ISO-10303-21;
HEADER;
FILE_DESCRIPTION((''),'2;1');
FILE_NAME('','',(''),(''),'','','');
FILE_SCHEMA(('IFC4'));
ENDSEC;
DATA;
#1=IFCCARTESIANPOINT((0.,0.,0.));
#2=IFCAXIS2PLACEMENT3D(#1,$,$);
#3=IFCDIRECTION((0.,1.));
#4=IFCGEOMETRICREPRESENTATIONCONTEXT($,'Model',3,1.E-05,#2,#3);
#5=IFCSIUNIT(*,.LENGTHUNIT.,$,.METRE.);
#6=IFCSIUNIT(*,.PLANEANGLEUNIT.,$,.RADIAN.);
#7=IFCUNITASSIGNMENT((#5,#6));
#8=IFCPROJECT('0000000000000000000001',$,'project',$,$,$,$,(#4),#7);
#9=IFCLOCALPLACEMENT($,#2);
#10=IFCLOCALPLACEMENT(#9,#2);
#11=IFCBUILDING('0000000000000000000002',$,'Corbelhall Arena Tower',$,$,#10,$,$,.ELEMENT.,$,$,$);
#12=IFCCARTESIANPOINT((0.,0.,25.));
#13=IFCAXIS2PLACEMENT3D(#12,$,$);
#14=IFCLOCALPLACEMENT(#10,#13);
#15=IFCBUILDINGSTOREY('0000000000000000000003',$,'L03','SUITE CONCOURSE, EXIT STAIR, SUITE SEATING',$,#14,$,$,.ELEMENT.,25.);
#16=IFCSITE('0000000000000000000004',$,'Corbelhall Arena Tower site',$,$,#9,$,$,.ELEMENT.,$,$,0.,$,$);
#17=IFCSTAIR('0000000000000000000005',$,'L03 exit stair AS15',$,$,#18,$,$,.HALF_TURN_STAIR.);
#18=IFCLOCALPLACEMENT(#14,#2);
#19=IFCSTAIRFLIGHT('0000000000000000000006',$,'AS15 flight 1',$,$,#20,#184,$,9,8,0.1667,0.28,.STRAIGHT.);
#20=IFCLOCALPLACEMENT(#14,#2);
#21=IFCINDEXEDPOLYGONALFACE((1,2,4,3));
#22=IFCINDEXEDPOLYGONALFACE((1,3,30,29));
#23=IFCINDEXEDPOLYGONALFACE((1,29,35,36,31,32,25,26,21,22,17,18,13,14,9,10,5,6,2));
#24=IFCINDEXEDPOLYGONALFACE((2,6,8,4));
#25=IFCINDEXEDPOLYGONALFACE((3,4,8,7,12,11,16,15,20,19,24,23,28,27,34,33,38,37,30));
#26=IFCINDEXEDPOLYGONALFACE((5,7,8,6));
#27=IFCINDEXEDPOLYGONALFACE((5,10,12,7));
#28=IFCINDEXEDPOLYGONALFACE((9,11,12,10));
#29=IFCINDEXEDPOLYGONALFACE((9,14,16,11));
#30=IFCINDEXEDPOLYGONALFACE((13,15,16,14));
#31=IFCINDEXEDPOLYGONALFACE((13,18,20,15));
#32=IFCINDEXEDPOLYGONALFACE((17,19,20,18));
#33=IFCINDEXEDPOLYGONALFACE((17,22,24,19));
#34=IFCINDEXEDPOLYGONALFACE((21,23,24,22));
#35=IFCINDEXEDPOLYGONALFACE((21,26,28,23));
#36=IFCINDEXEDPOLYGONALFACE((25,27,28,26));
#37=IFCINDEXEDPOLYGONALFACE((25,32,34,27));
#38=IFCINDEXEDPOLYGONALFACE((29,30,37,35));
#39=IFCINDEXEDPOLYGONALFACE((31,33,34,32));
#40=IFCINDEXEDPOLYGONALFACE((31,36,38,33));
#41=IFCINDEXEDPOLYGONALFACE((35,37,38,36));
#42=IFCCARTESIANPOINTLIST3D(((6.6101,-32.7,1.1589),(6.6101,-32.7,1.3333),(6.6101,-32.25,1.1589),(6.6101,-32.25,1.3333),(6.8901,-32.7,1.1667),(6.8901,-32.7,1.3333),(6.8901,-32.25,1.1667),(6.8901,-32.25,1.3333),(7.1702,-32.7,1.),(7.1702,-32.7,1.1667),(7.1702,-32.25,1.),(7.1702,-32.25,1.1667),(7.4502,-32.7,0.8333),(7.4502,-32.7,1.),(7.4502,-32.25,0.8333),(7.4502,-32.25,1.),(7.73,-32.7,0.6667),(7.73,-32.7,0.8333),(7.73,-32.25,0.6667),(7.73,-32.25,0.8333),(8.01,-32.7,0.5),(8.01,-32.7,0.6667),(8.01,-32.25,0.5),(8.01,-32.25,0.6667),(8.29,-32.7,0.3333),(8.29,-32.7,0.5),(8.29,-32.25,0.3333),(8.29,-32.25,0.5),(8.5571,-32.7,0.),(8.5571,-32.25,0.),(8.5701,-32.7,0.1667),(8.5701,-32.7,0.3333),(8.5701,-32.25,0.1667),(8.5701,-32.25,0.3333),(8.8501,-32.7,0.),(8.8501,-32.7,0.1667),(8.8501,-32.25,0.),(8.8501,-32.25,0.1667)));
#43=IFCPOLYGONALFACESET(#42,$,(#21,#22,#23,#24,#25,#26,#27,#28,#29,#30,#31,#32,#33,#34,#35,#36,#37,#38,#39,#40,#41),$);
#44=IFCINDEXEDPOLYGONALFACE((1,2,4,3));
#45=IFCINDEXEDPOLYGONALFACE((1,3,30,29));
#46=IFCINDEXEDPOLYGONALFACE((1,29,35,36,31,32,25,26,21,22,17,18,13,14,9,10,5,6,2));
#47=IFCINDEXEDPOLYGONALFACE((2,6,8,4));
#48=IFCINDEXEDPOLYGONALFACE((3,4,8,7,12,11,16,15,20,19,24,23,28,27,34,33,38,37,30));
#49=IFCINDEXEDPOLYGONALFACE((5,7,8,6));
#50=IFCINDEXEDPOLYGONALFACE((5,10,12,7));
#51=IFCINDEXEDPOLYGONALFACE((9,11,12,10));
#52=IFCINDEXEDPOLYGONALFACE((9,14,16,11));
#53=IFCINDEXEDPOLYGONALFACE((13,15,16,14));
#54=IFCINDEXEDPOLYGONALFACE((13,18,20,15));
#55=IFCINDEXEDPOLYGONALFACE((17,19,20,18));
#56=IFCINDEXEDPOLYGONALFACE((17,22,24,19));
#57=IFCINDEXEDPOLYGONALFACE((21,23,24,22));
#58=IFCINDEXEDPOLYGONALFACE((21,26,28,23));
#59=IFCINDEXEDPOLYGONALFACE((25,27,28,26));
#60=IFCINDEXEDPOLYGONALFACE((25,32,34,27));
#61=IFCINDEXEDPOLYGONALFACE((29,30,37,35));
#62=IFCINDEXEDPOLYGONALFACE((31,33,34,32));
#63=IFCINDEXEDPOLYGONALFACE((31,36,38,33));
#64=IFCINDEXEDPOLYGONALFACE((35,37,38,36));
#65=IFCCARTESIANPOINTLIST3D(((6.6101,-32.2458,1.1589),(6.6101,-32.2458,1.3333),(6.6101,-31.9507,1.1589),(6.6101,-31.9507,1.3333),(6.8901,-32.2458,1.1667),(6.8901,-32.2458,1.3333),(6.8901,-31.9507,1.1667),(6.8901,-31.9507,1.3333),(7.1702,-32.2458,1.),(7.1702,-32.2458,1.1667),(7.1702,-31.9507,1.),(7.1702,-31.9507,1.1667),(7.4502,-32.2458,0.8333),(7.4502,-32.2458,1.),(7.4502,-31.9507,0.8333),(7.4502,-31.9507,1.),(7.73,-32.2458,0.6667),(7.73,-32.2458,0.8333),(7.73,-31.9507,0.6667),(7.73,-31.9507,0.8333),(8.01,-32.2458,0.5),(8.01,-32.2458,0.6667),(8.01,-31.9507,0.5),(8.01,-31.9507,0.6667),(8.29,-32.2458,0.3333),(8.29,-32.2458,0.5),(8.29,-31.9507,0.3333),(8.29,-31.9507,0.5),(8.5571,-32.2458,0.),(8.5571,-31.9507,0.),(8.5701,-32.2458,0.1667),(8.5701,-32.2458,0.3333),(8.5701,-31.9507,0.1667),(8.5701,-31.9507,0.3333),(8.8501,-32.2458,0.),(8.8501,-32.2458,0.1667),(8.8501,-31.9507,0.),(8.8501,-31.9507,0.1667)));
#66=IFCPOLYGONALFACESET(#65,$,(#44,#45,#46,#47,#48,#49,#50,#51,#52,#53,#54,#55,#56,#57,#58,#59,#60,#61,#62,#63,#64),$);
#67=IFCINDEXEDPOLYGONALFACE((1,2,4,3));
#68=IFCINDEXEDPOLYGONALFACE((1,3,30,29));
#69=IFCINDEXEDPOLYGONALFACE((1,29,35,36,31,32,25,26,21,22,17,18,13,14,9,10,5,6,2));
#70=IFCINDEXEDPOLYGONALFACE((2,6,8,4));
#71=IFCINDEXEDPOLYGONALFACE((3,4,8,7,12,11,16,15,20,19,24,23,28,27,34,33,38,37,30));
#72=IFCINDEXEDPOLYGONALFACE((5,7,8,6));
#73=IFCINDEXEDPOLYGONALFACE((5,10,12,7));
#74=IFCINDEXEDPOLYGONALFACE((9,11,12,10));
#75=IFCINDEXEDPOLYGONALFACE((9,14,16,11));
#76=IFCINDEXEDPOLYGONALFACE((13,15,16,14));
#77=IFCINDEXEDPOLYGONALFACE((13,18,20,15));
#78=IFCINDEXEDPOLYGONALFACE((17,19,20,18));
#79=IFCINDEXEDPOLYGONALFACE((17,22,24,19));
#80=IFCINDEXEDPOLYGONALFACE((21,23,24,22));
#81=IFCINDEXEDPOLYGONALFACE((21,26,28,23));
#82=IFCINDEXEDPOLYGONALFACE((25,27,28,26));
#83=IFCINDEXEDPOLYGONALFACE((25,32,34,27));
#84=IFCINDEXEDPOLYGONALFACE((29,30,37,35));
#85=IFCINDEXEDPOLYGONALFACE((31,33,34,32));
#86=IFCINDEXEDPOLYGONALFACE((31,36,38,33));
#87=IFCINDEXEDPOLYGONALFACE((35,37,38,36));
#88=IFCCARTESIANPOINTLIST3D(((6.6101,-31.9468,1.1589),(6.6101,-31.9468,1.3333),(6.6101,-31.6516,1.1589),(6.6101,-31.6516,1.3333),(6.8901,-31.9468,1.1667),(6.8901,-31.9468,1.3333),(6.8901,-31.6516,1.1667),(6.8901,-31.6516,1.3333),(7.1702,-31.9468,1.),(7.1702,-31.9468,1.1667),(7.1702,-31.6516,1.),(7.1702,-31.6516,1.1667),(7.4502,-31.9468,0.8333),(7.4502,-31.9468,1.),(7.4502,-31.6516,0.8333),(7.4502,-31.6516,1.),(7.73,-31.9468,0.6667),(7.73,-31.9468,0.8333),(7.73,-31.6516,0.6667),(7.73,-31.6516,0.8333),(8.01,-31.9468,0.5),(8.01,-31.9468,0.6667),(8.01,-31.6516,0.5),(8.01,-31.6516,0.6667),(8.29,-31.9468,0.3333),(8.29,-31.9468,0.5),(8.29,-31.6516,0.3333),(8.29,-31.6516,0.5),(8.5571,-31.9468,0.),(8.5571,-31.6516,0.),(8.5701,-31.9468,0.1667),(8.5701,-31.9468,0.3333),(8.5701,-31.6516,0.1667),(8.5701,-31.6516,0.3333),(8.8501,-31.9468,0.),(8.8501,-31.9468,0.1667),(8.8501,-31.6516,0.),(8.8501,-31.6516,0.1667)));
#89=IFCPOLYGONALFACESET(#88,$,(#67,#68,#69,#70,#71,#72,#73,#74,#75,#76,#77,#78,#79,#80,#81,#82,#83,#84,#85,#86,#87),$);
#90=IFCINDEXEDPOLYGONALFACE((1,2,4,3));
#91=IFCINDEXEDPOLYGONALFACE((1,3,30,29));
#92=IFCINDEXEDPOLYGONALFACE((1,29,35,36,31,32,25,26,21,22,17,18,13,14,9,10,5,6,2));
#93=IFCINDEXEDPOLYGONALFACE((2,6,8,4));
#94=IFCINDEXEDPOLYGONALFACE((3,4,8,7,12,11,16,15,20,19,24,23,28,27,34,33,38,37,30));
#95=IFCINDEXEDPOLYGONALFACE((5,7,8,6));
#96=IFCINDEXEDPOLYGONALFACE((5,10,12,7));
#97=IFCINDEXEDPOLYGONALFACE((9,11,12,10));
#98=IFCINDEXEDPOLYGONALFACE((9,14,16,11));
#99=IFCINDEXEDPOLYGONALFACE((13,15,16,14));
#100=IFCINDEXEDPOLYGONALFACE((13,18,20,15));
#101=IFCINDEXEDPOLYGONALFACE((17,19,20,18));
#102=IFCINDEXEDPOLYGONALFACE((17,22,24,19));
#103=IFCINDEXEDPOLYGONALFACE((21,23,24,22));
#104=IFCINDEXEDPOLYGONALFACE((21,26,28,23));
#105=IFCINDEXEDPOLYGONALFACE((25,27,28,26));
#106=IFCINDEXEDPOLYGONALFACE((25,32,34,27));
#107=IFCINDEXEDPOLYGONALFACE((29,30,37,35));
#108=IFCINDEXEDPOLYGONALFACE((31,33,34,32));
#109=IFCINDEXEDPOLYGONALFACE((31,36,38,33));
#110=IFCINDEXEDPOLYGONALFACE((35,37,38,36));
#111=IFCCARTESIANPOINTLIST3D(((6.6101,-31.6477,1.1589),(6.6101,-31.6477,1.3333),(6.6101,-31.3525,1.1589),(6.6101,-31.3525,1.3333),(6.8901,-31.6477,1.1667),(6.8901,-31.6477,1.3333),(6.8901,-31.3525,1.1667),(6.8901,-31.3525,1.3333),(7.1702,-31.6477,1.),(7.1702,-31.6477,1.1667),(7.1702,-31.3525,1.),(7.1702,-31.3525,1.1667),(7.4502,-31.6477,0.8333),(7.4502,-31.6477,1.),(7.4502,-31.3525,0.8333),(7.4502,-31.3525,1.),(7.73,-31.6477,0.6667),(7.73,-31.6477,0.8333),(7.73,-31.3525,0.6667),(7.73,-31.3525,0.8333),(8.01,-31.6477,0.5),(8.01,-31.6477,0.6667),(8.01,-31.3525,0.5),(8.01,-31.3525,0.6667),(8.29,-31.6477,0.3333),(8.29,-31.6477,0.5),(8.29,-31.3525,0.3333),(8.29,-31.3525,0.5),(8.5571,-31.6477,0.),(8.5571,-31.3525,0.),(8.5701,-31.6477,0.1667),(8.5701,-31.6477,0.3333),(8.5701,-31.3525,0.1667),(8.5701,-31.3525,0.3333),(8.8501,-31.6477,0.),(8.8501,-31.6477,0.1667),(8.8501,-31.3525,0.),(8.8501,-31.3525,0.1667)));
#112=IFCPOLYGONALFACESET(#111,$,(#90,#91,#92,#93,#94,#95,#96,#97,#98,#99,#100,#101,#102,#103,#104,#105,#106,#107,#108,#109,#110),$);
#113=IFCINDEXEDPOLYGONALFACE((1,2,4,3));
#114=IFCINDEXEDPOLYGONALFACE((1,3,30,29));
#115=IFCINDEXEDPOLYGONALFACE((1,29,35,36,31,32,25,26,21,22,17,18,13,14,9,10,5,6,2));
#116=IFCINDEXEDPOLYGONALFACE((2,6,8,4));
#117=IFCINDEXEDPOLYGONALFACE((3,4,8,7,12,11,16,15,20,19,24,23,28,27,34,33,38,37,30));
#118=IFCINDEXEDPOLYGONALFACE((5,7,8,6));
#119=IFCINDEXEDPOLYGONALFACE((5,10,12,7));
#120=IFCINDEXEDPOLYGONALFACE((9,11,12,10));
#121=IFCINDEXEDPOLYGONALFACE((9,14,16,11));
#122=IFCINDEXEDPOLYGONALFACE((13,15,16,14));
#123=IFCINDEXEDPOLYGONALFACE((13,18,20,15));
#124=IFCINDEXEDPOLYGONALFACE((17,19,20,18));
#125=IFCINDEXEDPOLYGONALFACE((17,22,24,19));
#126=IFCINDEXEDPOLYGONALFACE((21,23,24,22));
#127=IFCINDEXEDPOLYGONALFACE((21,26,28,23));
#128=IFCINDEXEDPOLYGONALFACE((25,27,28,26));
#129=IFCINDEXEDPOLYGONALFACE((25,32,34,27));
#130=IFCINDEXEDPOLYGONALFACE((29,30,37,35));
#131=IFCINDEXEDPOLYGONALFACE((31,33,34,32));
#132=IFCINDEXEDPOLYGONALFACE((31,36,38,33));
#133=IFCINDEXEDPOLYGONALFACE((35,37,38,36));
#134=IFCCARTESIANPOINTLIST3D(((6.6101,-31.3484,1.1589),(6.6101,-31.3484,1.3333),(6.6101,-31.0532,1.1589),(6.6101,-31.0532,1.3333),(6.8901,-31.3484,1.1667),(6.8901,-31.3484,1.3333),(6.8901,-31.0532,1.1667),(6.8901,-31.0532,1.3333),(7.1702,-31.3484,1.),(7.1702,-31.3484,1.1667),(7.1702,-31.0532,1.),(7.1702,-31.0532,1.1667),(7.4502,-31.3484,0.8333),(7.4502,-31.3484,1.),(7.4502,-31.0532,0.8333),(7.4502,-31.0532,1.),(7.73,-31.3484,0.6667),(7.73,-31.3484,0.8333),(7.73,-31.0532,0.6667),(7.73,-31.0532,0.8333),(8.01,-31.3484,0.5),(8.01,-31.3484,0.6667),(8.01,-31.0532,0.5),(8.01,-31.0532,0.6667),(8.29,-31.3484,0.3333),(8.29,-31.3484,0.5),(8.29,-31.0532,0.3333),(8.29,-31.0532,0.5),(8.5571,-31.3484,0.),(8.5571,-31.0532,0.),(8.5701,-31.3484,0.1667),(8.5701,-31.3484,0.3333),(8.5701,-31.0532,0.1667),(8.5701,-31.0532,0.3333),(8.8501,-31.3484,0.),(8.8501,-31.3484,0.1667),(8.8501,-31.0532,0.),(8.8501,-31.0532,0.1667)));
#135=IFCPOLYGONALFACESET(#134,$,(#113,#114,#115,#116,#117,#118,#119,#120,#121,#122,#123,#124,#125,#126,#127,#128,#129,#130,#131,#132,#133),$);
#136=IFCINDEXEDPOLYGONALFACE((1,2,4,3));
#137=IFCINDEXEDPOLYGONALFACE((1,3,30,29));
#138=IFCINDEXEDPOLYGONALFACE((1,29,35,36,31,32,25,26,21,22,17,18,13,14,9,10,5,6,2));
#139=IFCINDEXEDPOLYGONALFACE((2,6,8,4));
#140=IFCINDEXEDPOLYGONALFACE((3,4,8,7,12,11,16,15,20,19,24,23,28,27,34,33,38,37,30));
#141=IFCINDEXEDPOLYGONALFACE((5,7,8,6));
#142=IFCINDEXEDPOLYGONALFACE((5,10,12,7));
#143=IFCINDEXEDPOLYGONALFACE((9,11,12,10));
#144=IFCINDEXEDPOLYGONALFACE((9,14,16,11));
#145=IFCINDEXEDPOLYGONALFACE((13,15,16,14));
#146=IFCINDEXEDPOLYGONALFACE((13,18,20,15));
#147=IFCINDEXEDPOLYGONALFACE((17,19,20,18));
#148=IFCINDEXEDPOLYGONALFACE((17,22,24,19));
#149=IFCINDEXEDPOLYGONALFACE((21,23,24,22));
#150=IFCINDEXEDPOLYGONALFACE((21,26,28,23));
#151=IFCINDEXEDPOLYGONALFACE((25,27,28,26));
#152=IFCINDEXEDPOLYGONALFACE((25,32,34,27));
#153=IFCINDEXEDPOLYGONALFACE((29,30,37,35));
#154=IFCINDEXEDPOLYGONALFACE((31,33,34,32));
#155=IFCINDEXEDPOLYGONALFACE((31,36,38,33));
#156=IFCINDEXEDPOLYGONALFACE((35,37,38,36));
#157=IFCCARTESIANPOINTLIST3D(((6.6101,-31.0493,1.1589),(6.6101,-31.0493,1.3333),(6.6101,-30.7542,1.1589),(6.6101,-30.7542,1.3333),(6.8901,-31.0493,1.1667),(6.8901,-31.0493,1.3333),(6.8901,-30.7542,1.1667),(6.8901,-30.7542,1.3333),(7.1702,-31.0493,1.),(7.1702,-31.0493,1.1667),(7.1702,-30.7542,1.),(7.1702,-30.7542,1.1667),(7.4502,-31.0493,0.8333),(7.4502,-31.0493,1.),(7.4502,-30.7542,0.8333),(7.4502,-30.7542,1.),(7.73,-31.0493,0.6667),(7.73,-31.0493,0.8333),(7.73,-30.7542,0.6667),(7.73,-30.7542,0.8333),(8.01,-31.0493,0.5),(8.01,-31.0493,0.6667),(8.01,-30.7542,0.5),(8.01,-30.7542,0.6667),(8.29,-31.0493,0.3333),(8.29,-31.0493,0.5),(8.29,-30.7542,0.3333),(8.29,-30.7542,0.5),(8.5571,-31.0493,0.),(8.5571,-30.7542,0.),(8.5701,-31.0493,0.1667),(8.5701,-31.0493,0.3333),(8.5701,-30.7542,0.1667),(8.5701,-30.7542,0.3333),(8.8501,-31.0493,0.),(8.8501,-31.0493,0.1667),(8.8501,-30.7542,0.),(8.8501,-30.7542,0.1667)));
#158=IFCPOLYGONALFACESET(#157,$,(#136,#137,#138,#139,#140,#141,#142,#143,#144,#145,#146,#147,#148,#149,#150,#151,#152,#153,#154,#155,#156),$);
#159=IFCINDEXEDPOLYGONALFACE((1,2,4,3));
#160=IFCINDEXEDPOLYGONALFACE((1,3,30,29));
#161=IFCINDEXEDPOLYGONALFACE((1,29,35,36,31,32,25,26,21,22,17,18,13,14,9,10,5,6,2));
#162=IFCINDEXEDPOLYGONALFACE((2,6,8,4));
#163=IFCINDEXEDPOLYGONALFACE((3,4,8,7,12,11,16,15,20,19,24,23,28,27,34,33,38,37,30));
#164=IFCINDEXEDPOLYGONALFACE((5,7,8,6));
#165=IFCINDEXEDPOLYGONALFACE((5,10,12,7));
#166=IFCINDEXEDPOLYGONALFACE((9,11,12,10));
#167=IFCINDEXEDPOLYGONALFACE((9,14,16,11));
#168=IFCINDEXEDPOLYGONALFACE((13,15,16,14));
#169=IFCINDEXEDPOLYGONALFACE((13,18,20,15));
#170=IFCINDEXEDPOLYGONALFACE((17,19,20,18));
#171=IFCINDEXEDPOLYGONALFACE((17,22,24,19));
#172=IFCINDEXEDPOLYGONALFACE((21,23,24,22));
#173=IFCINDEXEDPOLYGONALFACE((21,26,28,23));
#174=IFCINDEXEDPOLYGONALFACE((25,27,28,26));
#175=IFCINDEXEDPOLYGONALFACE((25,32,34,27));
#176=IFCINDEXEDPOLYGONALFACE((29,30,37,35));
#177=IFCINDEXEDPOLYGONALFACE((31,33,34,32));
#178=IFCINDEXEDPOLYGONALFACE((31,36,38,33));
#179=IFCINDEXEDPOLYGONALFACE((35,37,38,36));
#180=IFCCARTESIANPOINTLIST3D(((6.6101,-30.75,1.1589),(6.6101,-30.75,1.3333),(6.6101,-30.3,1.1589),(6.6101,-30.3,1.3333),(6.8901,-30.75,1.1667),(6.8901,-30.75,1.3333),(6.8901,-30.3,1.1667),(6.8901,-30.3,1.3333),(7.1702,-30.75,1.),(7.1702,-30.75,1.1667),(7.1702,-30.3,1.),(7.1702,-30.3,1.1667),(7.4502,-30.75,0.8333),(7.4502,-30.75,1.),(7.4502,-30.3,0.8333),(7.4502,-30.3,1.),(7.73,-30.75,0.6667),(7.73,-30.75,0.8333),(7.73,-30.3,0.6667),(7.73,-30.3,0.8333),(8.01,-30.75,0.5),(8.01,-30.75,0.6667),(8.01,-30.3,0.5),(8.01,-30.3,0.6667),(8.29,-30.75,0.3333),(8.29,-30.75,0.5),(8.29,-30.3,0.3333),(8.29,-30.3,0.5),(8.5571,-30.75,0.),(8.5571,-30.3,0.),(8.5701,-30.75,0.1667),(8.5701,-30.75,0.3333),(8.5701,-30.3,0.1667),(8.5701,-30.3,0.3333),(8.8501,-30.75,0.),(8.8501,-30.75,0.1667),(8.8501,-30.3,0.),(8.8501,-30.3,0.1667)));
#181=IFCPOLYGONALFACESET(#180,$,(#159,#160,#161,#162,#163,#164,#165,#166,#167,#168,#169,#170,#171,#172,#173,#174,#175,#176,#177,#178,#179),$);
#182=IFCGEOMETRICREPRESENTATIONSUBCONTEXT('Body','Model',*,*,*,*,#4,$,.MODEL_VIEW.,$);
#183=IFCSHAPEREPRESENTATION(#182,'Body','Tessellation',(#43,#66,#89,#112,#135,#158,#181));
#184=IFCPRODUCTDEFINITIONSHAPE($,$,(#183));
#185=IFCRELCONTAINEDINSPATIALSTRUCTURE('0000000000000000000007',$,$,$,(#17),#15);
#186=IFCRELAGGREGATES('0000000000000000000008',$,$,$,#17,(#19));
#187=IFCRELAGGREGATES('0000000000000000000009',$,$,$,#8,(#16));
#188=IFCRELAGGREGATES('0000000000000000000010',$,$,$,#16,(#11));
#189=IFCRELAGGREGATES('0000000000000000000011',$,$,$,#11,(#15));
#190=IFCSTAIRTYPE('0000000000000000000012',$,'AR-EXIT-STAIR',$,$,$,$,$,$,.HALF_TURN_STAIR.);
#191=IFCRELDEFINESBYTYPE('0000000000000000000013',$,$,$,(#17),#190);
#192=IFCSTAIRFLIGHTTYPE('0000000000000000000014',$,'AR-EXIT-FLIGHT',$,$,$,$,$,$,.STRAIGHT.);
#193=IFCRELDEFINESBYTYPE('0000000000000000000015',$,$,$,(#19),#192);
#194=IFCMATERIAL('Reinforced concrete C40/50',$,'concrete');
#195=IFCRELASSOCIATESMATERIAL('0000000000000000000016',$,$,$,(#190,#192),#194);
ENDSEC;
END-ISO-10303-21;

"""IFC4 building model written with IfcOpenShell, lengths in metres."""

from ifc_helpers import new_model, si_unit, direction, frame, origin, place, context, subcontext, project, spatial, polyline, outline, extrude, material, type_object, element, aggregate, save


model = new_model("IFC4")

# Units and contexts
model_context = context("Model", 3, precision=1e-05, world=origin(), true_north=direction((0.0, 1.0)))
body_context = subcontext(model_context, "Body", "Model", "MODEL_VIEW")
ifc_project = project(units=[si_unit("LENGTHUNIT", "METRE"), si_unit("PLANEANGLEUNIT", "RADIAN")], contexts=[model_context])

# Site, building, storey
site_placement = place(None, origin())
site = spatial("IfcSite", under=ifc_project, at=site_placement, Name="Corbelhall Arena Tower site", CompositionType="ELEMENT", RefElevation=0.0)
building_placement = place(site_placement, origin())
building = spatial("IfcBuilding", under=site, at=building_placement, Name="Corbelhall Arena Tower", CompositionType="ELEMENT")
storey_placement = place(building_placement, frame((0.0, 0.0, 25.0)))
storey = spatial("IfcBuildingStorey", under=building, at=storey_placement, Name="L03", Description="SUITE CONCOURSE, EXIT STAIR, SUITE SEATING", CompositionType="ELEMENT", Elevation=25.0)

# Stair
ifc_material_1 = material(Name="Reinforced concrete C40/50", Category="concrete")
stair_type = type_object("IfcStairType", Name="AR-EXIT-STAIR", PredefinedType="HALF_TURN_STAIR", material=ifc_material_1)
stair_1_placement = place(storey_placement, origin())
stair_1 = element("IfcStair", 1, at=stair_1_placement, inside=storey, type_object=stair_type, Name="L03 exit stair AS15", PredefinedType="HALF_TURN_STAIR")

# Stair flight
stair_flight_type = type_object("IfcStairFlightType", Name="AR-EXIT-FLIGHT", PredefinedType="STRAIGHT", material=ifc_material_1)
stair_flight_1_placement = place(storey_placement, frame((8.8501, -31.5, 0.0), z_axis=(0.0, 0.0, 1.0), x_axis=(-1.0, 0.0, 0.0)))
stair_flight_1 = element("IfcStairFlight", 2, at=stair_flight_1_placement, type_object=stair_flight_type, Name="AS15 flight 1", NumberOfRisers=9, NumberOfTreads=8, PredefinedType="STRAIGHT", RiserHeight=0.1667, TreadLength=0.28, context=body_context, shape_type="SweptSolid", body=[
    extrude(outline(polyline([(0.0, 0.0), (0.0, 0.1667), (0.28, 0.1667), (0.28, 0.3333), (0.5601, 0.3333), (0.5601, 0.5), (0.8401, 0.5), (0.8401, 0.6667), (1.1201, 0.6667), (1.1201, 0.8333), (1.3999, 0.8333), (1.3999, 1.0), (1.6799, 1.0), (1.6799, 1.1667), (1.96, 1.1667), (1.96, 1.3333), (2.24, 1.3333), (2.24, 1.5), (2.24, 1.1589), (0.293, 0.0), (0.0, 0.0)])), frame((0.0, 1.2, 0.0), z_axis=(0.0, -1.0, 0.0), x_axis=(1.0, 0.0, 0.0)), (0.0, 0.0, 1.0), 0.45),
    extrude(outline(polyline([(0.0, 0.0), (0.0, 0.1667), (0.28, 0.1667), (0.28, 0.3333), (0.5601, 0.3333), (0.5601, 0.5), (0.8401, 0.5), (0.8401, 0.6667), (1.1201, 0.6667), (1.1201, 0.8333), (1.3999, 0.8333), (1.3999, 1.0), (1.6799, 1.0), (1.6799, 1.1667), (1.96, 1.1667), (1.96, 1.3333), (2.24, 1.3333), (2.24, 1.5), (2.24, 1.1589), (0.293, 0.0), (0.0, 0.0)])), frame((0.0, 0.7458, 0.0), z_axis=(0.0, -1.0, 0.0), x_axis=(1.0, 0.0, 0.0)), (0.0, 0.0, 1.0), 0.2952),
    extrude(outline(polyline([(0.0, 0.0), (0.0, 0.1667), (0.28, 0.1667), (0.28, 0.3333), (0.5601, 0.3333), (0.5601, 0.5), (0.8401, 0.5), (0.8401, 0.6667), (1.1201, 0.6667), (1.1201, 0.8333), (1.3999, 0.8333), (1.3999, 1.0), (1.6799, 1.0), (1.6799, 1.1667), (1.96, 1.1667), (1.96, 1.3333), (2.24, 1.3333), (2.24, 1.5), (2.24, 1.1589), (0.293, 0.0), (0.0, 0.0)])), frame((0.0, 0.4468, 0.0), z_axis=(0.0, -1.0, 0.0), x_axis=(1.0, 0.0, 0.0)), (0.0, 0.0, 1.0), 0.2952),
    extrude(outline(polyline([(0.0, 0.0), (0.0, 0.1667), (0.28, 0.1667), (0.28, 0.3333), (0.5601, 0.3333), (0.5601, 0.5), (0.8401, 0.5), (0.8401, 0.6667), (1.1201, 0.6667), (1.1201, 0.8333), (1.3999, 0.8333), (1.3999, 1.0), (1.6799, 1.0), (1.6799, 1.1667), (1.96, 1.1667), (1.96, 1.3333), (2.24, 1.3333), (2.24, 1.5), (2.24, 1.1589), (0.293, 0.0), (0.0, 0.0)])), frame((0.0, 0.1477, 0.0), z_axis=(0.0, -1.0, 0.0), x_axis=(1.0, 0.0, 0.0)), (0.0, 0.0, 1.0), 0.2952),
    extrude(outline(polyline([(0.0, 0.0), (0.0, 0.1667), (0.28, 0.1667), (0.28, 0.3333), (0.5601, 0.3333), (0.5601, 0.5), (0.8401, 0.5), (0.8401, 0.6667), (1.1201, 0.6667), (1.1201, 0.8333), (1.3999, 0.8333), (1.3999, 1.0), (1.6799, 1.0), (1.6799, 1.1667), (1.96, 1.1667), (1.96, 1.3333), (2.24, 1.3333), (2.24, 1.5), (2.24, 1.1589), (0.293, 0.0), (0.0, 0.0)])), frame((0.0, -0.1516, 0.0), z_axis=(0.0, -1.0, 0.0), x_axis=(1.0, 0.0, 0.0)), (0.0, 0.0, 1.0), 0.2952),
    extrude(outline(polyline([(0.0, 0.0), (0.0, 0.1667), (0.28, 0.1667), (0.28, 0.3333), (0.5601, 0.3333), (0.5601, 0.5), (0.8401, 0.5), (0.8401, 0.6667), (1.1201, 0.6667), (1.1201, 0.8333), (1.3999, 0.8333), (1.3999, 1.0), (1.6799, 1.0), (1.6799, 1.1667), (1.96, 1.1667), (1.96, 1.3333), (2.24, 1.3333), (2.24, 1.5), (2.24, 1.1589), (0.293, 0.0), (0.0, 0.0)])), frame((0.0, -0.4507, 0.0), z_axis=(0.0, -1.0, 0.0), x_axis=(1.0, 0.0, 0.0)), (0.0, 0.0, 1.0), 0.2952),
    extrude(outline(polyline([(0.0, 0.0), (0.0, 0.1667), (0.28, 0.1667), (0.28, 0.3333), (0.5601, 0.3333), (0.5601, 0.5), (0.8401, 0.5), (0.8401, 0.6667), (1.1201, 0.6667), (1.1201, 0.8333), (1.3999, 0.8333), (1.3999, 1.0), (1.6799, 1.0), (1.6799, 1.1667), (1.96, 1.1667), (1.96, 1.3333), (2.24, 1.3333), (2.24, 1.5), (2.24, 1.1589), (0.293, 0.0), (0.0, 0.0)])), frame((0.0, -0.75, 0.0), z_axis=(0.0, -1.0, 0.0), x_axis=(1.0, 0.0, 0.0)), (0.0, 0.0, 1.0), 0.45),
])
aggregate(stair_1, [stair_flight_1])

save(model, "model.ifc")
